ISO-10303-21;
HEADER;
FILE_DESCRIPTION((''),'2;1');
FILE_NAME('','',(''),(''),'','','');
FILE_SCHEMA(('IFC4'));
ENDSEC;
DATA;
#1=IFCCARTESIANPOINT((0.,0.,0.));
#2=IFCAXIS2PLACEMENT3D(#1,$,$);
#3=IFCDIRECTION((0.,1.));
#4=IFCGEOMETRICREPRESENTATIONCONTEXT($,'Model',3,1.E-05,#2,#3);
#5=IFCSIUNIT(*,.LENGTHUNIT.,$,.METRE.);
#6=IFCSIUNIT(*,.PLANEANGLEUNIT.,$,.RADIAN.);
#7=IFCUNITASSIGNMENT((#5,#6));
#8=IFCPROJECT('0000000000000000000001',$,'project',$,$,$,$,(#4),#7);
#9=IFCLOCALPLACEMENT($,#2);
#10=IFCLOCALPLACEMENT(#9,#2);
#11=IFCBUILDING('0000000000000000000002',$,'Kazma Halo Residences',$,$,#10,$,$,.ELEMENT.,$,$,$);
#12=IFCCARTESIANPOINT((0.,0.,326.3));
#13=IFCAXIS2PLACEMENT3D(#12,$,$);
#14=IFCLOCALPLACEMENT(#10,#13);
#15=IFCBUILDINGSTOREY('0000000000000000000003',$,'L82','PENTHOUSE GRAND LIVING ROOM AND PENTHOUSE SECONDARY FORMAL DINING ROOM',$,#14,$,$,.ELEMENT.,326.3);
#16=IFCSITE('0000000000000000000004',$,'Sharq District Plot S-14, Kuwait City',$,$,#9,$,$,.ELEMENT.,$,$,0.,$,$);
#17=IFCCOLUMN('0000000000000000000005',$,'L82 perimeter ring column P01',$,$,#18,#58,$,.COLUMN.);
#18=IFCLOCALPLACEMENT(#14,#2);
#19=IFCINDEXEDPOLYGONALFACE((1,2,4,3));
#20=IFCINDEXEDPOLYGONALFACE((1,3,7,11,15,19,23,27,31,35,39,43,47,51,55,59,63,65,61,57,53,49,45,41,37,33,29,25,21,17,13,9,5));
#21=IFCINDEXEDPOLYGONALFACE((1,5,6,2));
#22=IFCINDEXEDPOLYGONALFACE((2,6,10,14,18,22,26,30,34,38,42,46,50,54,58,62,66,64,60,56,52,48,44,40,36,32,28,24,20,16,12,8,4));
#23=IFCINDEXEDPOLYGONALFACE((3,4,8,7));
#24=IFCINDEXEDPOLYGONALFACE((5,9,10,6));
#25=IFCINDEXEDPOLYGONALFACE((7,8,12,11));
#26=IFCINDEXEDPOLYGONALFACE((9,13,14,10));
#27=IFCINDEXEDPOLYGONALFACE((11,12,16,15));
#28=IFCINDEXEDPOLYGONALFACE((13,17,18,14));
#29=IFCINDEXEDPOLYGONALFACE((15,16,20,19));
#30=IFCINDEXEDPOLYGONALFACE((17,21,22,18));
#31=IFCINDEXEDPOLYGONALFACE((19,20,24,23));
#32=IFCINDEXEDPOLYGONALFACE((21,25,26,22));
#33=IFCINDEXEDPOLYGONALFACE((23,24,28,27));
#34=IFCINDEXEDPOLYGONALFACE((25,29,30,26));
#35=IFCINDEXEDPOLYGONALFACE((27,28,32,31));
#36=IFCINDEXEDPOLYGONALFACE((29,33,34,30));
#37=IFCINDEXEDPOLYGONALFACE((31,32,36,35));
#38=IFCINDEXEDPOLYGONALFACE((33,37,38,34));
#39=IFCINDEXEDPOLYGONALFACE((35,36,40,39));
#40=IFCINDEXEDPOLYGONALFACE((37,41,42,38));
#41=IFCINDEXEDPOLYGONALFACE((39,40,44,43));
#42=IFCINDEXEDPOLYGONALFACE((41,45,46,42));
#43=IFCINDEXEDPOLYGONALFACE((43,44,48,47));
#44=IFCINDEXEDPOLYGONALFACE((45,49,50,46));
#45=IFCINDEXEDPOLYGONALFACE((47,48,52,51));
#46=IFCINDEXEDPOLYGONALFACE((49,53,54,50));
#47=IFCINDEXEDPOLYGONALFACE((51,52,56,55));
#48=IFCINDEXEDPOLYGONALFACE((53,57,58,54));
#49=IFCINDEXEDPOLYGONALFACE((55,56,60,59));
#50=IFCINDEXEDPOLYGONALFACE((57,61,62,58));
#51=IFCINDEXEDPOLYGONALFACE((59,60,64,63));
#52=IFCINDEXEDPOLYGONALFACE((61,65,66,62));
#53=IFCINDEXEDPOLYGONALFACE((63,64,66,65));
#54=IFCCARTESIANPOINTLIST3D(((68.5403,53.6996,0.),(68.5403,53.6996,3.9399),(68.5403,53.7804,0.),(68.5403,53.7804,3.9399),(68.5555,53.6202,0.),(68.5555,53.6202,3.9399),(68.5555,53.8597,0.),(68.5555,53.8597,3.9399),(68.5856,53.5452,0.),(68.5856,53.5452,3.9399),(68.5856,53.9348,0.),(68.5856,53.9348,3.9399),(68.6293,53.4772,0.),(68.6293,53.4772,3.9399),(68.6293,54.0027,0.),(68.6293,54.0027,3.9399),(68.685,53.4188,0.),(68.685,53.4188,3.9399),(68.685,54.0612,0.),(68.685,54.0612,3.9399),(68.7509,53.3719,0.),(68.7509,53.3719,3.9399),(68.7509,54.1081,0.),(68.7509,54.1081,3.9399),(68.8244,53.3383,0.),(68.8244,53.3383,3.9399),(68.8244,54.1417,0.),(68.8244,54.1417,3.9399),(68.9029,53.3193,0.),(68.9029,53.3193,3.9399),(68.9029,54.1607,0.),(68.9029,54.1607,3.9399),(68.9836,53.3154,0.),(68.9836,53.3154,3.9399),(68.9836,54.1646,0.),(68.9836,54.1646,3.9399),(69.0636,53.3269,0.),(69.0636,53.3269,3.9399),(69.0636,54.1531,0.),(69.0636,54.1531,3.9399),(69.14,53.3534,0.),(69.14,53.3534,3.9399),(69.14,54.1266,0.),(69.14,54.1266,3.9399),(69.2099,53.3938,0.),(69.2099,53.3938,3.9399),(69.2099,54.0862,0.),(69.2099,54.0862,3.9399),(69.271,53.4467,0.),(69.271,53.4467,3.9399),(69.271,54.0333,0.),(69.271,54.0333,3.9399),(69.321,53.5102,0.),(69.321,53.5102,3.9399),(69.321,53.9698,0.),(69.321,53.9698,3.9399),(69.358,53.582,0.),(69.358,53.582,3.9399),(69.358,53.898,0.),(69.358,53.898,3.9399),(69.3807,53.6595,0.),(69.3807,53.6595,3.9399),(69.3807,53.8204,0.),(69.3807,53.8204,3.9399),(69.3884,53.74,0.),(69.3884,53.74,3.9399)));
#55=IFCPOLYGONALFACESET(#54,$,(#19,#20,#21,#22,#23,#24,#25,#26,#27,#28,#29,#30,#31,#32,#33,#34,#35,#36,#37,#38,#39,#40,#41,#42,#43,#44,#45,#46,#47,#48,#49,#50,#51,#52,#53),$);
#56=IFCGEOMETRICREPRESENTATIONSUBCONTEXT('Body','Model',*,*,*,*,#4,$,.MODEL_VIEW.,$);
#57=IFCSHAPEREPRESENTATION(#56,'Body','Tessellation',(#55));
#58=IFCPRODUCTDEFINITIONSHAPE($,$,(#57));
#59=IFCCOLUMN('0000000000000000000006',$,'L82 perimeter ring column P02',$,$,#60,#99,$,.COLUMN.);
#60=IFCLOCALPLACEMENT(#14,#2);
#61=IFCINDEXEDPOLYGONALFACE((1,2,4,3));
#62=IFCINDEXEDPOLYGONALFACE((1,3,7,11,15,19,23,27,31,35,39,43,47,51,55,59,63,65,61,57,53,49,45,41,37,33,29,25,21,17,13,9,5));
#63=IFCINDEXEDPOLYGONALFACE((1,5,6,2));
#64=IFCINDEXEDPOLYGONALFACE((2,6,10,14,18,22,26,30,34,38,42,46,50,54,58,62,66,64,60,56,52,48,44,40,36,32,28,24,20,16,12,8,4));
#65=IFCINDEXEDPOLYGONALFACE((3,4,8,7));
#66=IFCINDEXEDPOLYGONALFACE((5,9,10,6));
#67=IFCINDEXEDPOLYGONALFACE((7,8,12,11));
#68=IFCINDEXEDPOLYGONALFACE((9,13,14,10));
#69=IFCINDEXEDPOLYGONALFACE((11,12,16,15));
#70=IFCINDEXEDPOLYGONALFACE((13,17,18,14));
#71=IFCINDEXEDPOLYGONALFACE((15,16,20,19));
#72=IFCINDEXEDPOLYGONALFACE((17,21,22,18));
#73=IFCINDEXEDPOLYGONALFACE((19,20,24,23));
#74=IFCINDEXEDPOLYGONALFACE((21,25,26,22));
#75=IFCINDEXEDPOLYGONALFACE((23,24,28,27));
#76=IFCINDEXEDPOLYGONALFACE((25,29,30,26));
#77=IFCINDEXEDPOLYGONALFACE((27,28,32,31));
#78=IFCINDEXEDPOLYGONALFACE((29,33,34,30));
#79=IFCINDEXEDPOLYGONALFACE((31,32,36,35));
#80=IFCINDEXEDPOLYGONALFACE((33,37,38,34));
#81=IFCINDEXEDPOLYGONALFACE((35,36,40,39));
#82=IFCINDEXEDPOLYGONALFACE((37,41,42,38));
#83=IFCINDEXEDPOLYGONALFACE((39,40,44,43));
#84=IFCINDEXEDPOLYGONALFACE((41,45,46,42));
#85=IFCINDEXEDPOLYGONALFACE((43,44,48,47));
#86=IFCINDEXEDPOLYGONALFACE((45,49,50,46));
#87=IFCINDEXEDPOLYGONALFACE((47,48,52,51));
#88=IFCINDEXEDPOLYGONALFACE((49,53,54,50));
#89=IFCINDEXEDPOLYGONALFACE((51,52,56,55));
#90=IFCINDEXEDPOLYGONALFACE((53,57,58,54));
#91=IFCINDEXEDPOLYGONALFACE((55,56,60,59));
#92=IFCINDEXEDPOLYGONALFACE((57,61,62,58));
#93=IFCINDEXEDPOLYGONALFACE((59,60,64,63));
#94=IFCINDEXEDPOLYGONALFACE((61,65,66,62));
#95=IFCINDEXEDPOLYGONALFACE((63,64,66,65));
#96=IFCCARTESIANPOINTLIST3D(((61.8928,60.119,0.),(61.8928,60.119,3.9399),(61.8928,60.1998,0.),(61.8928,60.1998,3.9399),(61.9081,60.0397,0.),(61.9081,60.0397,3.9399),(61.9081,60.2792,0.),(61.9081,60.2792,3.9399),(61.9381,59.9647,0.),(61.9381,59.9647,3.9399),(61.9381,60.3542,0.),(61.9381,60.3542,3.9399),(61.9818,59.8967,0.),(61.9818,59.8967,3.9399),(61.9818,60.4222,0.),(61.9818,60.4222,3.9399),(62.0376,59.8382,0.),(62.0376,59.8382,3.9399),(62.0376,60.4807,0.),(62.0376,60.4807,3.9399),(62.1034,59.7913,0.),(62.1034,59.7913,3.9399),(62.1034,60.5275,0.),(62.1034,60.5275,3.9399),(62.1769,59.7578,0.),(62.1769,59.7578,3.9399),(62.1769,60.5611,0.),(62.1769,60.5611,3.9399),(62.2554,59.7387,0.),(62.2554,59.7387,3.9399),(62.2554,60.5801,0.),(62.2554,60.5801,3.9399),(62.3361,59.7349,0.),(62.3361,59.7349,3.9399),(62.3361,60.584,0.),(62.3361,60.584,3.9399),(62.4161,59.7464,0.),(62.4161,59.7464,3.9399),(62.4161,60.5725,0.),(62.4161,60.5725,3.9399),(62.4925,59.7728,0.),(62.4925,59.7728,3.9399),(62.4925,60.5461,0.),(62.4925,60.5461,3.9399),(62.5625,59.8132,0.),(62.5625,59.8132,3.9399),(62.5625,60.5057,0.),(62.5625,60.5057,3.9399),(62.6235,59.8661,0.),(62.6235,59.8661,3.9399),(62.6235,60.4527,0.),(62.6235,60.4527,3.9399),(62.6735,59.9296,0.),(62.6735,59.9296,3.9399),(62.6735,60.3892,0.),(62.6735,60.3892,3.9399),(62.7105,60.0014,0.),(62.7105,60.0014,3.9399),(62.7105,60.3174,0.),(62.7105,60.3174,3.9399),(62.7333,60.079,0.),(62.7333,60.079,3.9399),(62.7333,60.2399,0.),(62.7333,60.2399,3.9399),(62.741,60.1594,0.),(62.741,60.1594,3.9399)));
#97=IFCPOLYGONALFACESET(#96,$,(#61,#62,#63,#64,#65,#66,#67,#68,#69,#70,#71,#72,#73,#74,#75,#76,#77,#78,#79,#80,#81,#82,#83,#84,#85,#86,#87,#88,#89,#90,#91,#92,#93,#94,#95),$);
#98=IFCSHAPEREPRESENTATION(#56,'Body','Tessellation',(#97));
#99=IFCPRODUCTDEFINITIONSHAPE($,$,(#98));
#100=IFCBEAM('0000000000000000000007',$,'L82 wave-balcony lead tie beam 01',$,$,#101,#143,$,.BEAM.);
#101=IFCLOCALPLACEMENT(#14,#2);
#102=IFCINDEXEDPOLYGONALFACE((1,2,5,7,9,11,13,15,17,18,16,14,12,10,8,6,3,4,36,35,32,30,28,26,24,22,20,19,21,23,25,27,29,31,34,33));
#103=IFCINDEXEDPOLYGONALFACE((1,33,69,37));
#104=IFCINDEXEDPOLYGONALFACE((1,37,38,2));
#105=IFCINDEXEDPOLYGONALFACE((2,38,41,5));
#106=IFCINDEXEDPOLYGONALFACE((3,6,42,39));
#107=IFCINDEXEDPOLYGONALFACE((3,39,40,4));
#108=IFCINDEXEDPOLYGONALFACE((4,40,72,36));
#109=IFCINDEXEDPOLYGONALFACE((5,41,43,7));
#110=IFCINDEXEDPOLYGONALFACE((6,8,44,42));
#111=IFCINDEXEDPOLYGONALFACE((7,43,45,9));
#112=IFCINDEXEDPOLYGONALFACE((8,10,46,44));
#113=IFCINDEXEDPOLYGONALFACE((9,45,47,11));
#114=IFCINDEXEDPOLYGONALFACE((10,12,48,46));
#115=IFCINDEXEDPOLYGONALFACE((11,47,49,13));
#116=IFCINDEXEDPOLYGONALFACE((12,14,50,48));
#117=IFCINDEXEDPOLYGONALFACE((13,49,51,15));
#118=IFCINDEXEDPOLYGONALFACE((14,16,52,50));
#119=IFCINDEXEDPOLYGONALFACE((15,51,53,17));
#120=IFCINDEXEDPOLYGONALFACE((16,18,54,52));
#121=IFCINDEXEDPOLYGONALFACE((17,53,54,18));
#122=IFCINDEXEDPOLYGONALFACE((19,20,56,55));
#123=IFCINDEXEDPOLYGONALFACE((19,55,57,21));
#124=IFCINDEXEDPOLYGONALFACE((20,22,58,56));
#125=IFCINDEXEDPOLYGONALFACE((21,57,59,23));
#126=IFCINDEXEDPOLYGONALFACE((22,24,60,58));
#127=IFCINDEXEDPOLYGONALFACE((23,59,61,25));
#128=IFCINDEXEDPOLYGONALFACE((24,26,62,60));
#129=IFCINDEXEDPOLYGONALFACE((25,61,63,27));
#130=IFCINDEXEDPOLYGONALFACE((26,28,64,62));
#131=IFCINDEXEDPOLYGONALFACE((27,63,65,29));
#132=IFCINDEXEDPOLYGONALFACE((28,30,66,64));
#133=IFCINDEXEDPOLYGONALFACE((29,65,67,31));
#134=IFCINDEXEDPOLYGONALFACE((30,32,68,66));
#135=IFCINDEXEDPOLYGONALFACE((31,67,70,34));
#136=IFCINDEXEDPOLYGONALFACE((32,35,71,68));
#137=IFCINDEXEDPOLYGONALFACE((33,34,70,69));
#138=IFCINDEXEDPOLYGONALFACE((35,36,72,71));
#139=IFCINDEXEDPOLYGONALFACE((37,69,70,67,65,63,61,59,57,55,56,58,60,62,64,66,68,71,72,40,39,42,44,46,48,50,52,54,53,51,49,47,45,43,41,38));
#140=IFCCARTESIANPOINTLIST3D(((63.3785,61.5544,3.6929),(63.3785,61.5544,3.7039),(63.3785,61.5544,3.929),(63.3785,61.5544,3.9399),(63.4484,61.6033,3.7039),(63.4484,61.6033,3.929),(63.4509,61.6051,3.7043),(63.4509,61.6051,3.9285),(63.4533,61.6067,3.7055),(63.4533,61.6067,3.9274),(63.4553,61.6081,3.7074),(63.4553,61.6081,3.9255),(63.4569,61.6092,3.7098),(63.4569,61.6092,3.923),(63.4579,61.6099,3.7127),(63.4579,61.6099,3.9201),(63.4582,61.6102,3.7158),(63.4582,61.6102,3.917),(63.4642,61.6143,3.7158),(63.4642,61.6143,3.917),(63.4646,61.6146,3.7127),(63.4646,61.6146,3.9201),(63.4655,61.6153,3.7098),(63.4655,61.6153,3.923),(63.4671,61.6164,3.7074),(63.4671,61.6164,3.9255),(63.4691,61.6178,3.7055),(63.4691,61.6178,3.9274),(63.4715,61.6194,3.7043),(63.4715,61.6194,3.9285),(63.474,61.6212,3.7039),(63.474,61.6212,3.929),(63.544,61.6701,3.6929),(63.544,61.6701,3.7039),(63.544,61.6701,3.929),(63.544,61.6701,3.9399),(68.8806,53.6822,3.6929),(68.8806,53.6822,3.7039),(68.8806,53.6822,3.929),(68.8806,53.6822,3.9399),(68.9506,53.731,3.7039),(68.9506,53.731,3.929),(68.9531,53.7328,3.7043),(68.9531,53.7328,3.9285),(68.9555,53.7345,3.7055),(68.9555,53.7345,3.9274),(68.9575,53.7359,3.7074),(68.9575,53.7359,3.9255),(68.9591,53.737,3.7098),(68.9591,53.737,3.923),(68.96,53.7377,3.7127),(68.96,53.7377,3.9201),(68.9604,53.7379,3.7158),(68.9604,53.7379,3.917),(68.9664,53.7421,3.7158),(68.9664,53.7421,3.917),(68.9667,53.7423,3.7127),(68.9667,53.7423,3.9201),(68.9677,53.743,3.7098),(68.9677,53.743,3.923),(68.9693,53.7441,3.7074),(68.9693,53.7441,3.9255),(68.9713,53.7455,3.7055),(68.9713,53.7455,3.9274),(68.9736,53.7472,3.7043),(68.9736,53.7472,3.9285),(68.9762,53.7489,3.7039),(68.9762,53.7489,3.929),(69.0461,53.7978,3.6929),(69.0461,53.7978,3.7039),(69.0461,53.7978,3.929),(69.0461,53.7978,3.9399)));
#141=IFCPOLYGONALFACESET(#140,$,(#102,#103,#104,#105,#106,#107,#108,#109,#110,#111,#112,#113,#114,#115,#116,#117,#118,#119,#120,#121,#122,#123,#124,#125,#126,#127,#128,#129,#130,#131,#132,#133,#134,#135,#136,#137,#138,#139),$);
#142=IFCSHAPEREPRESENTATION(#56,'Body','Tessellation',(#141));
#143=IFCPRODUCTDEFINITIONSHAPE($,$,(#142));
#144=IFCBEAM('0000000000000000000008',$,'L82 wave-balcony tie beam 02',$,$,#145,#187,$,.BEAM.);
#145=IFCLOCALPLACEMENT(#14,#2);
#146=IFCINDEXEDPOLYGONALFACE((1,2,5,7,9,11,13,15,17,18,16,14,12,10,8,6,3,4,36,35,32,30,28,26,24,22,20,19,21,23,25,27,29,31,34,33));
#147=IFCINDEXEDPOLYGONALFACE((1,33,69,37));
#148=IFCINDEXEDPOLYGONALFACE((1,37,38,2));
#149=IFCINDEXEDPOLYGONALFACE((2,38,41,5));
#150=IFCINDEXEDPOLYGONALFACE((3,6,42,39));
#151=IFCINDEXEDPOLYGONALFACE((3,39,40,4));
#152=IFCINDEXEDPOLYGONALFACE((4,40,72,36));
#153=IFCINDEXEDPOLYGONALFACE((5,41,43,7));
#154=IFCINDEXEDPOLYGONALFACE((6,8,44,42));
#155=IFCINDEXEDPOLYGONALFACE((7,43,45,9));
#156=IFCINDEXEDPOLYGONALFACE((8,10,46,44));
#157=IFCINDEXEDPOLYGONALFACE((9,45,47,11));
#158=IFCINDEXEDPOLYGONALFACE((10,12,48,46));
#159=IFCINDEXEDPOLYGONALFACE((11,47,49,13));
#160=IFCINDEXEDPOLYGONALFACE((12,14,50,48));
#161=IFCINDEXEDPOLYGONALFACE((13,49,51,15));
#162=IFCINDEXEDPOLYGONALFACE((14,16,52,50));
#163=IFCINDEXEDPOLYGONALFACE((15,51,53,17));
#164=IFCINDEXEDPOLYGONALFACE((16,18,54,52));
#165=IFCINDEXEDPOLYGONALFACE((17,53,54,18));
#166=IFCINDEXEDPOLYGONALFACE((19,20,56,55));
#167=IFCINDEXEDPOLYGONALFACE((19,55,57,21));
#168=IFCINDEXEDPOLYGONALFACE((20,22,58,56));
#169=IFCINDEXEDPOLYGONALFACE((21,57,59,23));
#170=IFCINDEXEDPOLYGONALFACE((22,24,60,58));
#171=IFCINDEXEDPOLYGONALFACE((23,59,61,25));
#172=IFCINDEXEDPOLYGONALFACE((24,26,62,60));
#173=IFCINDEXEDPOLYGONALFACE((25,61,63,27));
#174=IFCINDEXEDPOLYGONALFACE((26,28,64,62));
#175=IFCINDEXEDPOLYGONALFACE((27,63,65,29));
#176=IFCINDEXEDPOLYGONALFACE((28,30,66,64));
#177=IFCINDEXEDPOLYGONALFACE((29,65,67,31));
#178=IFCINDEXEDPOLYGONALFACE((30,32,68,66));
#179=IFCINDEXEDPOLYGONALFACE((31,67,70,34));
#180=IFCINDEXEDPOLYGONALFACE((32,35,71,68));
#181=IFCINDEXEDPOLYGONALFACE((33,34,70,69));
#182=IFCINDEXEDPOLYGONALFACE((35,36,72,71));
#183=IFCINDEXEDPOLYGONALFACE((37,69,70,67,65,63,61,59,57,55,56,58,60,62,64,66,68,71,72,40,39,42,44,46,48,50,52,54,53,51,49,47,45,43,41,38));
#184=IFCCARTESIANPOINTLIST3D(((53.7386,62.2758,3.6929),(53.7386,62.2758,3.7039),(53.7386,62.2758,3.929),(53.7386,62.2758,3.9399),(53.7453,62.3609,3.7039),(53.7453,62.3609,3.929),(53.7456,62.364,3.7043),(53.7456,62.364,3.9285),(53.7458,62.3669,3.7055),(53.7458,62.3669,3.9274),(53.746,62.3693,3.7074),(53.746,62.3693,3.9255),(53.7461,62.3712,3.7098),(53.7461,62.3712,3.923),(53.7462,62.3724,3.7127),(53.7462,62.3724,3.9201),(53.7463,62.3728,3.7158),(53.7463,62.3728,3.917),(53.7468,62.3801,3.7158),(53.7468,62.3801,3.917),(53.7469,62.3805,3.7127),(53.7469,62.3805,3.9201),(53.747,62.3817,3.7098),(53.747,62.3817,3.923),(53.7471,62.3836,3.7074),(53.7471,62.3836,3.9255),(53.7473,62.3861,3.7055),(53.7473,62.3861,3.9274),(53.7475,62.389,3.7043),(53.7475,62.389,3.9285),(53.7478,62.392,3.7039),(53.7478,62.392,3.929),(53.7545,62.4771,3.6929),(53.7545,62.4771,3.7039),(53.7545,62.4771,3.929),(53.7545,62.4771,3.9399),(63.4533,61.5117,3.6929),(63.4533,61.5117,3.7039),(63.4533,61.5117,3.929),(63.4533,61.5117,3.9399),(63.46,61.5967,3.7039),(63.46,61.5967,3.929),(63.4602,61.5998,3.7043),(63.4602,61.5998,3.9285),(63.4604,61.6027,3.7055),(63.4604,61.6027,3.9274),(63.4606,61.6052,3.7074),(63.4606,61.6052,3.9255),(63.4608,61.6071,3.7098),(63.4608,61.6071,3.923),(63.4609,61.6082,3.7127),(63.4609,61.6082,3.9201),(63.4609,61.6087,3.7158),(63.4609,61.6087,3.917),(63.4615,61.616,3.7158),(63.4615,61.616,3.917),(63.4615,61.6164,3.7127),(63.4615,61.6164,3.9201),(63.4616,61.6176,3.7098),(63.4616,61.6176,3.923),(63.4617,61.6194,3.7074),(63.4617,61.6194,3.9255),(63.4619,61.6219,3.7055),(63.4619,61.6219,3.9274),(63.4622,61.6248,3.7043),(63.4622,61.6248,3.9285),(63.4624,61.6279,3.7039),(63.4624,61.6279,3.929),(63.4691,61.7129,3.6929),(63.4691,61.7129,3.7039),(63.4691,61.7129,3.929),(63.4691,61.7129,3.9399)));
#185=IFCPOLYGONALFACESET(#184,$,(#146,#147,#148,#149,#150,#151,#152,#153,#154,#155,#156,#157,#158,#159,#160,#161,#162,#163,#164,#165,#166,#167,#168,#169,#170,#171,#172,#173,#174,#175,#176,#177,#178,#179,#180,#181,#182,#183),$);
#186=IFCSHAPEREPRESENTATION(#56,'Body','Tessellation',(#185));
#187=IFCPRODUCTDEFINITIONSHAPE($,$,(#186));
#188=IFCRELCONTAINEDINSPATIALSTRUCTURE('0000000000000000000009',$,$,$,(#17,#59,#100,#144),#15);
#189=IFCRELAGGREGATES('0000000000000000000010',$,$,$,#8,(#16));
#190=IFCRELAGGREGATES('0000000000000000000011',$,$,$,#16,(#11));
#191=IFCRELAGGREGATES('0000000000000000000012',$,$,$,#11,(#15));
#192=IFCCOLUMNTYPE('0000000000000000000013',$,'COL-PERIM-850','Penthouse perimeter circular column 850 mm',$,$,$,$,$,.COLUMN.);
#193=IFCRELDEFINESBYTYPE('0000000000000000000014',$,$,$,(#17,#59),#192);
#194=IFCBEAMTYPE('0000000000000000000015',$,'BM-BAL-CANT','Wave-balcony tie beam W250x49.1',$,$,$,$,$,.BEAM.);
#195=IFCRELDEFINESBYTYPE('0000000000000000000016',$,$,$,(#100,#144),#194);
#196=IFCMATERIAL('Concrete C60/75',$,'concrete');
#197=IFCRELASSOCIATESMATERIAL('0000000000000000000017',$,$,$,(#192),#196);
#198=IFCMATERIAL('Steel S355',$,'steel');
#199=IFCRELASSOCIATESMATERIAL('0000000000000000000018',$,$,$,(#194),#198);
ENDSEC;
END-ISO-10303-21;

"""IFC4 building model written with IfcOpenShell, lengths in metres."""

from ifc_helpers import new_model, si_unit, direction, frame, origin, origin_2d, place, context, subcontext, project, spatial, circle, i_section, extrude, material, material_profile, profile_set, type_object, element, save


model = new_model("IFC4")

# Units and contexts
model_context = context("Model", 3, precision=1e-05, world=origin(), true_north=direction((0.0, 1.0)))
body_context = subcontext(model_context, "Body", "Model", "MODEL_VIEW")
ifc_project = project(units=[si_unit("LENGTHUNIT", "METRE"), si_unit("PLANEANGLEUNIT", "RADIAN")], contexts=[model_context])

# Site, building, storey
site_placement = place(None, origin())
site = spatial("IfcSite", under=ifc_project, at=site_placement, Name="Sharq District Plot S-14, Kuwait City", CompositionType="ELEMENT", RefElevation=0.0)
building_placement = place(site_placement, origin())
building = spatial("IfcBuilding", under=site, at=building_placement, Name="Kazma Halo Residences", CompositionType="ELEMENT")
storey_placement = place(building_placement, frame((0.0, 0.0, 326.3)))
storey = spatial("IfcBuildingStorey", under=building, at=storey_placement, Name="L82", Description="PENTHOUSE GRAND LIVING ROOM AND PENTHOUSE SECONDARY FORMAL DINING ROOM", CompositionType="ELEMENT", Elevation=326.3)

# Columns
ifc_material_1 = material(Name="Concrete C60/75", Category="concrete")
ifc_material_profile_1 = material_profile(ifc_material_1, circle(Radius=0.425, at=origin_2d()), Name="CIRC850")
ifc_profile_set_1 = profile_set([ifc_material_profile_1], Name="Concrete C60/75")
column_type = type_object("IfcColumnType", Name="COL-PERIM-850", Description="Penthouse perimeter circular column 850 mm", PredefinedType="COLUMN", material=ifc_profile_set_1)
for number, where, z_axis, x_axis, name in (
    (1, (68.9634, 53.74, 0.0), (0.0, 0.0, 1.0), (1.0, 0.0, 0.0), "L82 perimeter ring column P01"),
    (2, (62.3159, 60.1594, 0.0), (0.0, 0.0, 1.0), (1.0, 0.0, 0.0), "L82 perimeter ring column P02"),
):
    element("IfcColumn", number, at=place(storey_placement, frame(where, z_axis=z_axis, x_axis=x_axis)), inside=storey, type_object=column_type, Name=name, PredefinedType="COLUMN", context=body_context, shape_type="SweptSolid", body=[
        extrude(circle(Radius=0.425, at=origin_2d()), origin(), (0.0, 0.0, 1.0), 3.9399),
    ])

# Beams
ifc_material_2 = material(Name="Steel S355", Category="steel")
ifc_material_profile_2 = material_profile(ifc_material_2, i_section(OverallWidth=0.2019, OverallDepth=0.2471, WebThickness=0.0073, FlangeThickness=0.011, FilletRadius=0.012, at=origin_2d()), Name="W250x49.1")
ifc_profile_set_2 = profile_set([ifc_material_profile_2], Name="Steel S355")
beam_type_1 = type_object("IfcBeamType", Name="BM-BAL-CANT", Description="Wave-balcony tie beam W250x49.1", PredefinedType="BEAM", material=ifc_profile_set_2)
beam_1_placement = place(storey_placement, frame((68.9634, 53.74, 3.8164), z_axis=(-0.572874, 0.819644, 0.0), x_axis=(-0.819644, -0.572874, 0.0)))
element("IfcBeam", 3, at=beam_1_placement, inside=storey, type_object=beam_type_1, Name="L82 wave-balcony lead tie beam 01", PredefinedType="BEAM", context=body_context, shape_type="SweptSolid", body=[
    extrude(i_section(OverallWidth=0.2019, OverallDepth=0.2471, WebThickness=0.0073, FlangeThickness=0.011, FilletRadius=0.012, at=origin_2d()), origin(), (0.0, 0.0, 1.0), 9.6045),
])
beam_2_placement = place(storey_placement, frame((63.4612, 61.6123, 3.8164), z_axis=(-0.996921, 0.078419, 0.0), x_axis=(-0.078419, -0.996921, 0.0)))
element("IfcBeam", 4, at=beam_2_placement, inside=storey, type_object=beam_type_1, Name="L82 wave-balcony tie beam 02", PredefinedType="BEAM", context=body_context, shape_type="SweptSolid", body=[
    extrude(i_section(OverallWidth=0.2019, OverallDepth=0.2471, WebThickness=0.0073, FlangeThickness=0.011, FilletRadius=0.012, at=origin_2d()), origin(), (0.0, 0.0, 1.0), 9.7446),
])

save(model, "model.ifc")
